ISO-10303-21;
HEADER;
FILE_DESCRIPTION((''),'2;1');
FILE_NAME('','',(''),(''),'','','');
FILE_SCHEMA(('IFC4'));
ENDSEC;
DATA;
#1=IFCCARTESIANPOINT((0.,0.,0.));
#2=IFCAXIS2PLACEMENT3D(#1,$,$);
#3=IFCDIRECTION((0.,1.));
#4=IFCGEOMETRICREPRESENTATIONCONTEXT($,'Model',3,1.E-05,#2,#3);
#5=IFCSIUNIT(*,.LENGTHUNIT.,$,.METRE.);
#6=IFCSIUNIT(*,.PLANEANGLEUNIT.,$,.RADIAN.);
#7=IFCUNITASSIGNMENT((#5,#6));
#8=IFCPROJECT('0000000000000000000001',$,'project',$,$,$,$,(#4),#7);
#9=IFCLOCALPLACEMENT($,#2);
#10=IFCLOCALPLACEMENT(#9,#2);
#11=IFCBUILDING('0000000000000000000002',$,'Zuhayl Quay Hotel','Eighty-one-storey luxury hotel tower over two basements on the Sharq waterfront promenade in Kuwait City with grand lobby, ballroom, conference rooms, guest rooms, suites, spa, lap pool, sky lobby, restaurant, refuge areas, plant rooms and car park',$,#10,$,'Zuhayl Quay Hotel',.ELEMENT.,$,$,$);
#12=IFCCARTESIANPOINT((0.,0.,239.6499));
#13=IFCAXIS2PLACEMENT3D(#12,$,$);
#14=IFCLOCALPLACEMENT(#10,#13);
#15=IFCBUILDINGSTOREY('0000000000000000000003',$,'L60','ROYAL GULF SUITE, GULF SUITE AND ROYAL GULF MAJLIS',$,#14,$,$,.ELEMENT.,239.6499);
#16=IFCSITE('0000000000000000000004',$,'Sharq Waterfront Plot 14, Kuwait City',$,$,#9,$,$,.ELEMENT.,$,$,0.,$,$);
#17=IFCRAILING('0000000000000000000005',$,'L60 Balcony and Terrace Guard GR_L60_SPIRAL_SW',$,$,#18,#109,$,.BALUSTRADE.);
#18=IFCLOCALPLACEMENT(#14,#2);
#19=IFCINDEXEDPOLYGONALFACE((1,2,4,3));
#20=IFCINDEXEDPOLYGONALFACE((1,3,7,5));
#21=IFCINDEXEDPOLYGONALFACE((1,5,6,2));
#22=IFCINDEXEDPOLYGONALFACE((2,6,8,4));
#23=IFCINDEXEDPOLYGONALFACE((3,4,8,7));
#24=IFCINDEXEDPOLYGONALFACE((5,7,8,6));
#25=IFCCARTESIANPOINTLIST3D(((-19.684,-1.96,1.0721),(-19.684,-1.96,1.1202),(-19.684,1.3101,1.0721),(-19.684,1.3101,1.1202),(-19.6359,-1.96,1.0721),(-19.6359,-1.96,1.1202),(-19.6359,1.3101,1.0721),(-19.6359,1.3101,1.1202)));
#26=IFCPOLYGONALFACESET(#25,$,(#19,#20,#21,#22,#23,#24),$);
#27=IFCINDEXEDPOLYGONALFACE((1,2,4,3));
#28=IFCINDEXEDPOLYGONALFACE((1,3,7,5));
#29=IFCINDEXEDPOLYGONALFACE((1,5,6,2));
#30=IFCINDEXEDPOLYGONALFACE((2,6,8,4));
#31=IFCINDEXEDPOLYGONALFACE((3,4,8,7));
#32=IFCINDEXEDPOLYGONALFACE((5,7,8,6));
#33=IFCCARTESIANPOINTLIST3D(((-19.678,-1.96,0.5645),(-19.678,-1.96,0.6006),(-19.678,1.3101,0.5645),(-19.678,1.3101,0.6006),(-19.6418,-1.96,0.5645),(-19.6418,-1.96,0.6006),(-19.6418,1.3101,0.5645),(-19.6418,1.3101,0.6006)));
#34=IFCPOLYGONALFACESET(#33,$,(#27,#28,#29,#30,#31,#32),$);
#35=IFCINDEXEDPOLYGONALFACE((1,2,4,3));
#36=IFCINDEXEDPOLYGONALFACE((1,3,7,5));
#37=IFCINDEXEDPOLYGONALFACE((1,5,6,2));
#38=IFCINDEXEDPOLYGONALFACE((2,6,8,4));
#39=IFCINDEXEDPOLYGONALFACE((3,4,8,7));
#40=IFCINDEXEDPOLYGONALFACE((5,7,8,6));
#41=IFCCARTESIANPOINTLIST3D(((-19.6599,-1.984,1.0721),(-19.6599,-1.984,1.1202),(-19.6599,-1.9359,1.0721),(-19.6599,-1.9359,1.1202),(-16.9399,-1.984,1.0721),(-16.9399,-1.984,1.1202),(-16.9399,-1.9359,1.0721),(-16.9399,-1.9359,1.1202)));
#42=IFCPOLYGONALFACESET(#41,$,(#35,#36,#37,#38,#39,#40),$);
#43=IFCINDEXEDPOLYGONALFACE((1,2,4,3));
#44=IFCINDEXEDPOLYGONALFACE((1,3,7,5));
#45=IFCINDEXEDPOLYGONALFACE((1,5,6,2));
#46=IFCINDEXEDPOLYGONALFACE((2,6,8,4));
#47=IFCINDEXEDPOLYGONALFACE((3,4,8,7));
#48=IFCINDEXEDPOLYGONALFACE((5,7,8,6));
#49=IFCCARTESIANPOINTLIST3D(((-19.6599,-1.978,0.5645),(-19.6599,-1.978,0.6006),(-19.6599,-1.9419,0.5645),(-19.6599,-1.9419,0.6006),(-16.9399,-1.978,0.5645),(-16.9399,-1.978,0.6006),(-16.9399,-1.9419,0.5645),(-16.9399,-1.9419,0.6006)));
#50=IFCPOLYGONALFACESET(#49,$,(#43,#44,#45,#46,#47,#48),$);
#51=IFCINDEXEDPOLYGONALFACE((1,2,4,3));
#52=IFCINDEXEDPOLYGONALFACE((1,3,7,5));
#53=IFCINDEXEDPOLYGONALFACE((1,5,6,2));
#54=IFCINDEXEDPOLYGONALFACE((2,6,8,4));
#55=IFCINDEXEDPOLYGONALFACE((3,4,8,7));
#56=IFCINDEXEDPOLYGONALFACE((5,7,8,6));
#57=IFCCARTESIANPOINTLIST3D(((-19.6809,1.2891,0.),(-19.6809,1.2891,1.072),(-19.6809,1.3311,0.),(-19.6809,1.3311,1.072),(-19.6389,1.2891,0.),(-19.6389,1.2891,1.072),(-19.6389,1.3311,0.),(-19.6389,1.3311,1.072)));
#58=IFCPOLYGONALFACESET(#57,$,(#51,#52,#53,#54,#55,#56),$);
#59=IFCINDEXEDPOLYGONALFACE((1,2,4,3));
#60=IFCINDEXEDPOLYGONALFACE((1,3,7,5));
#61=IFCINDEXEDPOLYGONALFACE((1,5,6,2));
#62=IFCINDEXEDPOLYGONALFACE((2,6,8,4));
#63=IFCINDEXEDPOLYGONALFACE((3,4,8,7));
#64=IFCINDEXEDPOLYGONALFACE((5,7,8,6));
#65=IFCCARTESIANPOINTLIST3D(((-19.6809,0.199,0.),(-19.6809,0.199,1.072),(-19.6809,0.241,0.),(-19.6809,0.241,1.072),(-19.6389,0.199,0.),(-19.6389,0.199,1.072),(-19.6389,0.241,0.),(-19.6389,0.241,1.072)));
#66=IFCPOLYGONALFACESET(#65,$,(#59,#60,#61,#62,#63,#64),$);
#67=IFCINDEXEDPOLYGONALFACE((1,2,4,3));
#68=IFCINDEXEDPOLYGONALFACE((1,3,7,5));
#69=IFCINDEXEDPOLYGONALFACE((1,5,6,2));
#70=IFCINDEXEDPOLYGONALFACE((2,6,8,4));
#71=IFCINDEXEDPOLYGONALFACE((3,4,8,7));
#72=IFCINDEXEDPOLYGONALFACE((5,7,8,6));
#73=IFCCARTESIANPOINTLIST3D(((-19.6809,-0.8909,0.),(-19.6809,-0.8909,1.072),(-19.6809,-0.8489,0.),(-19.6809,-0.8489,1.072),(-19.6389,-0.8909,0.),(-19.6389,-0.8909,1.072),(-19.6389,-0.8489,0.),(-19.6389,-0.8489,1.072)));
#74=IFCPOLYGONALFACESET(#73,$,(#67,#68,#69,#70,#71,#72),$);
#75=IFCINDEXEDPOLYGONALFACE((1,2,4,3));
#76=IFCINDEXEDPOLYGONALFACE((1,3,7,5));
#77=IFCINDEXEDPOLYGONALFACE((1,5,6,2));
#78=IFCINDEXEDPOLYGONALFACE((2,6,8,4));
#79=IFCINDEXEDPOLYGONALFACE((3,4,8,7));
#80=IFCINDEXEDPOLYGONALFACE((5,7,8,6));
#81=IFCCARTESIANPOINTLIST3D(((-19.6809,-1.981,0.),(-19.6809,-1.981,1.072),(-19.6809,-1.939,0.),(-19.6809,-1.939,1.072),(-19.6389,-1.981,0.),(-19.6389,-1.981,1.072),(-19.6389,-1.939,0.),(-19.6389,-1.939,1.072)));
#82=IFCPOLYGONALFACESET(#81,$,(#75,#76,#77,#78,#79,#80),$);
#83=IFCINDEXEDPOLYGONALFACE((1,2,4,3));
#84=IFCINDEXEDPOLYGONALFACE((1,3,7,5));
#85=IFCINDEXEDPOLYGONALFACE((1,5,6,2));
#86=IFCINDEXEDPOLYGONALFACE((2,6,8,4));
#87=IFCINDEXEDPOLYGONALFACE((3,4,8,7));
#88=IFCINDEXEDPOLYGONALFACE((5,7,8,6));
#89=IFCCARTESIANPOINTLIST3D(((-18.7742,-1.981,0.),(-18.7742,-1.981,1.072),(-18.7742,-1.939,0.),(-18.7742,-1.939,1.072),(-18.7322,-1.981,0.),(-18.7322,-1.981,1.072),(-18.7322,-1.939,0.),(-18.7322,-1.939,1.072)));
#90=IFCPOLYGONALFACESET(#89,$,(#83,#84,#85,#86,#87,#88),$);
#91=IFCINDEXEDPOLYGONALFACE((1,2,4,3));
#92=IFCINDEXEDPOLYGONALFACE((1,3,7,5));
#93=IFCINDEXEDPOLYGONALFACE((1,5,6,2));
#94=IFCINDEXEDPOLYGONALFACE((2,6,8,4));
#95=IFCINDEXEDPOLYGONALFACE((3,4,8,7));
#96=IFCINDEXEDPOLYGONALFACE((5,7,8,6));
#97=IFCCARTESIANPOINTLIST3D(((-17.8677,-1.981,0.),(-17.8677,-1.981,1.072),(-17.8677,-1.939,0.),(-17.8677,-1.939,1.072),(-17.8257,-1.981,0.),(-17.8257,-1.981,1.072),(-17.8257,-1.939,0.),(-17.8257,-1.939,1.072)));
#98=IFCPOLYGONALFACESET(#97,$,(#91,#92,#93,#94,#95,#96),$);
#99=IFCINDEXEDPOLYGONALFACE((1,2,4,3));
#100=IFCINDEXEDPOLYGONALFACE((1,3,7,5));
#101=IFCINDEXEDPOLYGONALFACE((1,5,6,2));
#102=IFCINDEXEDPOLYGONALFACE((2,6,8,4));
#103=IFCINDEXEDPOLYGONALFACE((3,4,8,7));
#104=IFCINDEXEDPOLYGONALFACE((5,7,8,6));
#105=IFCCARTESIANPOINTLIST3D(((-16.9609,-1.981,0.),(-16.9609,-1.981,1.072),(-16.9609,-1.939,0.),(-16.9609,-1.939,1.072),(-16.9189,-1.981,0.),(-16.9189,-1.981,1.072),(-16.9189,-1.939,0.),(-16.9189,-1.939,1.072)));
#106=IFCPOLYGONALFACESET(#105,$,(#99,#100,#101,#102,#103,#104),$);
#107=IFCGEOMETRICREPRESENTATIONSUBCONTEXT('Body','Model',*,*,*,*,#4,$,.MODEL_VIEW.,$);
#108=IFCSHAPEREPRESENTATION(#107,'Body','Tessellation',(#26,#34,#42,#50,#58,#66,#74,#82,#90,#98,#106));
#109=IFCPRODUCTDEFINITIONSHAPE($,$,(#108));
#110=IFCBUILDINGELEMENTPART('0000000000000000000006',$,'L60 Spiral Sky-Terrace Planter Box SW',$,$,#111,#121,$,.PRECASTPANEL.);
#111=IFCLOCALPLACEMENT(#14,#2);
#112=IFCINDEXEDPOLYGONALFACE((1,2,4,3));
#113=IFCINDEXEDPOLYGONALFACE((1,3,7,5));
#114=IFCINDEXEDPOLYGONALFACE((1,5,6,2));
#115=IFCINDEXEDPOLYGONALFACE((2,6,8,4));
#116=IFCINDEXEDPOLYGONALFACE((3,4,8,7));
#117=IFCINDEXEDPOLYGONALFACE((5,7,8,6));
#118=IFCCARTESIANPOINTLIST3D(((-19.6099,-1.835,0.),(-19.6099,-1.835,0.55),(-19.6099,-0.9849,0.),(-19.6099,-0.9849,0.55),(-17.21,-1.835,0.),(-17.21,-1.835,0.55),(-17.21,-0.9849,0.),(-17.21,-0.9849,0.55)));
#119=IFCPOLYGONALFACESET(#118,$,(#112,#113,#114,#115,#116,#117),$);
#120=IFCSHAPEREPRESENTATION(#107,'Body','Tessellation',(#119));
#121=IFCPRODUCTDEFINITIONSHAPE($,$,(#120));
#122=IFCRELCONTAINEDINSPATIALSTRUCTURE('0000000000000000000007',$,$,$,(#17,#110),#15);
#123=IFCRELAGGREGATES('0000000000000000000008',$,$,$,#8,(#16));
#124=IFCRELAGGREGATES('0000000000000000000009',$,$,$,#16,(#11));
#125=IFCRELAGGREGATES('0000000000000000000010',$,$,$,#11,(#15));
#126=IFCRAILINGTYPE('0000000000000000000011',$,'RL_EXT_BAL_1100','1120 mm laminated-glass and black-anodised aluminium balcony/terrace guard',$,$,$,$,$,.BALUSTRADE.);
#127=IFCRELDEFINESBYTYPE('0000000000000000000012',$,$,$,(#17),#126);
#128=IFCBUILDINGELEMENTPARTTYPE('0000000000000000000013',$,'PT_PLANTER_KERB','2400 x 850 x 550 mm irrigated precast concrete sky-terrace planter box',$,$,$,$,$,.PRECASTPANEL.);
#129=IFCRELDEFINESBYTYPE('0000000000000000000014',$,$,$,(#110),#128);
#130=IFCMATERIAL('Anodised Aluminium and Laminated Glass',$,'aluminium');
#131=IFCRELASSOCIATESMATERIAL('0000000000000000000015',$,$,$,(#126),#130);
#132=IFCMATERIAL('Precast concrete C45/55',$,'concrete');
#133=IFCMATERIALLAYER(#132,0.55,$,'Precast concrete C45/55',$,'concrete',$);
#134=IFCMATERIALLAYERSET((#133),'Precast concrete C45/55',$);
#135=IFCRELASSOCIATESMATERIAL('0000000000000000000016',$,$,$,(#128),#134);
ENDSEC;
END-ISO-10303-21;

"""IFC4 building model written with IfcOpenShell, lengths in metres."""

from ifc_helpers import new_model, si_unit, direction, frame, origin, origin_2d, place, context, subcontext, project, spatial, rectangle, extrude, material, layer, layer_set, type_object, element, save


model = new_model("IFC4")

# Units and contexts
model_context = context("Model", 3, precision=1e-05, world=origin(), true_north=direction((0.0, 1.0)))
body_context = subcontext(model_context, "Body", "Model", "MODEL_VIEW")
ifc_project = project(units=[si_unit("LENGTHUNIT", "METRE"), si_unit("PLANEANGLEUNIT", "RADIAN")], contexts=[model_context])

# Site, building, storey
site_placement = place(None, origin())
site = spatial("IfcSite", under=ifc_project, at=site_placement, Name="Sharq Waterfront Plot 14, Kuwait City", CompositionType="ELEMENT", RefElevation=0.0)
building_placement = place(site_placement, origin())
building = spatial("IfcBuilding", under=site, at=building_placement, Name="Zuhayl Quay Hotel", Description="Eighty-one-storey luxury hotel tower over two basements on the Sharq waterfront promenade in Kuwait City with grand lobby, ballroom, conference rooms, guest rooms, suites, spa, lap pool, sky lobby, restaurant, refuge areas, plant rooms and car park", LongName="Zuhayl Quay Hotel", CompositionType="ELEMENT")
storey_placement = place(building_placement, frame((0.0, 0.0, 239.6499)))
storey = spatial("IfcBuildingStorey", under=building, at=storey_placement, Name="L60", Description="ROYAL GULF SUITE, GULF SUITE AND ROYAL GULF MAJLIS", CompositionType="ELEMENT", Elevation=239.6499)

# Shared definitions
ifc_material_1 = material(Name="Precast concrete C45/55", Category="concrete")

# Railing
ifc_material_2 = material(Name="Anodised Aluminium and Laminated Glass", Category="aluminium")
railing_type = type_object("IfcRailingType", Name="RL_EXT_BAL_1100", Description="1120 mm laminated-glass and black-anodised aluminium balcony/terrace guard", PredefinedType="BALUSTRADE", material=ifc_material_2)
railing_1_placement = place(storey_placement, frame((-19.6599, 1.3101, 0.0)))
element("IfcRailing", 1, at=railing_1_placement, inside=storey, type_object=railing_type, Name="L60 Balcony and Terrace Guard GR_L60_SPIRAL_SW", PredefinedType="BALUSTRADE", context=body_context, shape_type="SweptSolid", body=[
    extrude(rectangle(XDim=0.0481, YDim=0.0481, at=origin_2d()), frame((0.0, 0.0, 1.0962), z_axis=(0.0, -1.0, 0.0), x_axis=(1.0, 0.0, 0.0)), (0.0, 0.0, 1.0), 3.27),
    extrude(rectangle(XDim=0.0361, YDim=0.0361, at=origin_2d()), frame((0.0, 0.0, 0.5825), z_axis=(0.0, -1.0, 0.0), x_axis=(1.0, 0.0, 0.0)), (0.0, 0.0, 1.0), 3.27),
    extrude(rectangle(XDim=0.0481, YDim=0.0481, at=origin_2d()), frame((0.0, -3.27, 1.0962), z_axis=(1.0, 0.0, 0.0), x_axis=(0.0, 1.0, 0.0)), (0.0, 0.0, 1.0), 2.72),
    extrude(rectangle(XDim=0.0361, YDim=0.0361, at=origin_2d()), frame((0.0, -3.27, 0.5825), z_axis=(1.0, 0.0, 0.0), x_axis=(0.0, 1.0, 0.0)), (0.0, 0.0, 1.0), 2.72),
    extrude(rectangle(XDim=0.042, YDim=0.042, at=origin_2d()), origin(), (0.0, 0.0, 1.0), 1.072),
    extrude(rectangle(XDim=0.042, YDim=0.042, at=origin_2d()), frame((0.0, -1.0901, 0.0)), (0.0, 0.0, 1.0), 1.072),
    extrude(rectangle(XDim=0.042, YDim=0.042, at=origin_2d()), frame((0.0, -2.1799, 0.0)), (0.0, 0.0, 1.0), 1.072),
    extrude(rectangle(XDim=0.042, YDim=0.042, at=origin_2d()), frame((0.0, -3.27, 0.0)), (0.0, 0.0, 1.0), 1.072),
    extrude(rectangle(XDim=0.042, YDim=0.042, at=origin_2d()), frame((0.9067, -3.27, 0.0)), (0.0, 0.0, 1.0), 1.072),
    extrude(rectangle(XDim=0.042, YDim=0.042, at=origin_2d()), frame((1.8132, -3.27, 0.0)), (0.0, 0.0, 1.0), 1.072),
    extrude(rectangle(XDim=0.042, YDim=0.042, at=origin_2d()), frame((2.72, -3.27, 0.0)), (0.0, 0.0, 1.0), 1.072),
])

# Building element part
ifc_layer_1 = layer(ifc_material_1, 0.55, Name="Precast concrete C45/55", Category="concrete")
ifc_layer_set_1 = layer_set([ifc_layer_1], Name="Precast concrete C45/55")
building_element_part_type = type_object("IfcBuildingElementPartType", Name="PT_PLANTER_KERB", Description="2400 x 850 x 550 mm irrigated precast concrete sky-terrace planter box", PredefinedType="PRECASTPANEL", material=ifc_layer_set_1)
building_element_part_placement = place(storey_placement, frame((-18.4099, -1.4099, 0.0), z_axis=(0.0, 0.0, 1.0), x_axis=(1.0, 0.0, 0.0)))
element("IfcBuildingElementPart", 2, at=building_element_part_placement, inside=storey, type_object=building_element_part_type, Name="L60 Spiral Sky-Terrace Planter Box SW", PredefinedType="PRECASTPANEL", context=body_context, shape_type="SweptSolid", body=[
    extrude(rectangle(XDim=2.3999, YDim=0.8501, at=origin_2d()), origin(), (0.0, 0.0, 1.0), 0.55),
])

save(model, "model.ifc")
